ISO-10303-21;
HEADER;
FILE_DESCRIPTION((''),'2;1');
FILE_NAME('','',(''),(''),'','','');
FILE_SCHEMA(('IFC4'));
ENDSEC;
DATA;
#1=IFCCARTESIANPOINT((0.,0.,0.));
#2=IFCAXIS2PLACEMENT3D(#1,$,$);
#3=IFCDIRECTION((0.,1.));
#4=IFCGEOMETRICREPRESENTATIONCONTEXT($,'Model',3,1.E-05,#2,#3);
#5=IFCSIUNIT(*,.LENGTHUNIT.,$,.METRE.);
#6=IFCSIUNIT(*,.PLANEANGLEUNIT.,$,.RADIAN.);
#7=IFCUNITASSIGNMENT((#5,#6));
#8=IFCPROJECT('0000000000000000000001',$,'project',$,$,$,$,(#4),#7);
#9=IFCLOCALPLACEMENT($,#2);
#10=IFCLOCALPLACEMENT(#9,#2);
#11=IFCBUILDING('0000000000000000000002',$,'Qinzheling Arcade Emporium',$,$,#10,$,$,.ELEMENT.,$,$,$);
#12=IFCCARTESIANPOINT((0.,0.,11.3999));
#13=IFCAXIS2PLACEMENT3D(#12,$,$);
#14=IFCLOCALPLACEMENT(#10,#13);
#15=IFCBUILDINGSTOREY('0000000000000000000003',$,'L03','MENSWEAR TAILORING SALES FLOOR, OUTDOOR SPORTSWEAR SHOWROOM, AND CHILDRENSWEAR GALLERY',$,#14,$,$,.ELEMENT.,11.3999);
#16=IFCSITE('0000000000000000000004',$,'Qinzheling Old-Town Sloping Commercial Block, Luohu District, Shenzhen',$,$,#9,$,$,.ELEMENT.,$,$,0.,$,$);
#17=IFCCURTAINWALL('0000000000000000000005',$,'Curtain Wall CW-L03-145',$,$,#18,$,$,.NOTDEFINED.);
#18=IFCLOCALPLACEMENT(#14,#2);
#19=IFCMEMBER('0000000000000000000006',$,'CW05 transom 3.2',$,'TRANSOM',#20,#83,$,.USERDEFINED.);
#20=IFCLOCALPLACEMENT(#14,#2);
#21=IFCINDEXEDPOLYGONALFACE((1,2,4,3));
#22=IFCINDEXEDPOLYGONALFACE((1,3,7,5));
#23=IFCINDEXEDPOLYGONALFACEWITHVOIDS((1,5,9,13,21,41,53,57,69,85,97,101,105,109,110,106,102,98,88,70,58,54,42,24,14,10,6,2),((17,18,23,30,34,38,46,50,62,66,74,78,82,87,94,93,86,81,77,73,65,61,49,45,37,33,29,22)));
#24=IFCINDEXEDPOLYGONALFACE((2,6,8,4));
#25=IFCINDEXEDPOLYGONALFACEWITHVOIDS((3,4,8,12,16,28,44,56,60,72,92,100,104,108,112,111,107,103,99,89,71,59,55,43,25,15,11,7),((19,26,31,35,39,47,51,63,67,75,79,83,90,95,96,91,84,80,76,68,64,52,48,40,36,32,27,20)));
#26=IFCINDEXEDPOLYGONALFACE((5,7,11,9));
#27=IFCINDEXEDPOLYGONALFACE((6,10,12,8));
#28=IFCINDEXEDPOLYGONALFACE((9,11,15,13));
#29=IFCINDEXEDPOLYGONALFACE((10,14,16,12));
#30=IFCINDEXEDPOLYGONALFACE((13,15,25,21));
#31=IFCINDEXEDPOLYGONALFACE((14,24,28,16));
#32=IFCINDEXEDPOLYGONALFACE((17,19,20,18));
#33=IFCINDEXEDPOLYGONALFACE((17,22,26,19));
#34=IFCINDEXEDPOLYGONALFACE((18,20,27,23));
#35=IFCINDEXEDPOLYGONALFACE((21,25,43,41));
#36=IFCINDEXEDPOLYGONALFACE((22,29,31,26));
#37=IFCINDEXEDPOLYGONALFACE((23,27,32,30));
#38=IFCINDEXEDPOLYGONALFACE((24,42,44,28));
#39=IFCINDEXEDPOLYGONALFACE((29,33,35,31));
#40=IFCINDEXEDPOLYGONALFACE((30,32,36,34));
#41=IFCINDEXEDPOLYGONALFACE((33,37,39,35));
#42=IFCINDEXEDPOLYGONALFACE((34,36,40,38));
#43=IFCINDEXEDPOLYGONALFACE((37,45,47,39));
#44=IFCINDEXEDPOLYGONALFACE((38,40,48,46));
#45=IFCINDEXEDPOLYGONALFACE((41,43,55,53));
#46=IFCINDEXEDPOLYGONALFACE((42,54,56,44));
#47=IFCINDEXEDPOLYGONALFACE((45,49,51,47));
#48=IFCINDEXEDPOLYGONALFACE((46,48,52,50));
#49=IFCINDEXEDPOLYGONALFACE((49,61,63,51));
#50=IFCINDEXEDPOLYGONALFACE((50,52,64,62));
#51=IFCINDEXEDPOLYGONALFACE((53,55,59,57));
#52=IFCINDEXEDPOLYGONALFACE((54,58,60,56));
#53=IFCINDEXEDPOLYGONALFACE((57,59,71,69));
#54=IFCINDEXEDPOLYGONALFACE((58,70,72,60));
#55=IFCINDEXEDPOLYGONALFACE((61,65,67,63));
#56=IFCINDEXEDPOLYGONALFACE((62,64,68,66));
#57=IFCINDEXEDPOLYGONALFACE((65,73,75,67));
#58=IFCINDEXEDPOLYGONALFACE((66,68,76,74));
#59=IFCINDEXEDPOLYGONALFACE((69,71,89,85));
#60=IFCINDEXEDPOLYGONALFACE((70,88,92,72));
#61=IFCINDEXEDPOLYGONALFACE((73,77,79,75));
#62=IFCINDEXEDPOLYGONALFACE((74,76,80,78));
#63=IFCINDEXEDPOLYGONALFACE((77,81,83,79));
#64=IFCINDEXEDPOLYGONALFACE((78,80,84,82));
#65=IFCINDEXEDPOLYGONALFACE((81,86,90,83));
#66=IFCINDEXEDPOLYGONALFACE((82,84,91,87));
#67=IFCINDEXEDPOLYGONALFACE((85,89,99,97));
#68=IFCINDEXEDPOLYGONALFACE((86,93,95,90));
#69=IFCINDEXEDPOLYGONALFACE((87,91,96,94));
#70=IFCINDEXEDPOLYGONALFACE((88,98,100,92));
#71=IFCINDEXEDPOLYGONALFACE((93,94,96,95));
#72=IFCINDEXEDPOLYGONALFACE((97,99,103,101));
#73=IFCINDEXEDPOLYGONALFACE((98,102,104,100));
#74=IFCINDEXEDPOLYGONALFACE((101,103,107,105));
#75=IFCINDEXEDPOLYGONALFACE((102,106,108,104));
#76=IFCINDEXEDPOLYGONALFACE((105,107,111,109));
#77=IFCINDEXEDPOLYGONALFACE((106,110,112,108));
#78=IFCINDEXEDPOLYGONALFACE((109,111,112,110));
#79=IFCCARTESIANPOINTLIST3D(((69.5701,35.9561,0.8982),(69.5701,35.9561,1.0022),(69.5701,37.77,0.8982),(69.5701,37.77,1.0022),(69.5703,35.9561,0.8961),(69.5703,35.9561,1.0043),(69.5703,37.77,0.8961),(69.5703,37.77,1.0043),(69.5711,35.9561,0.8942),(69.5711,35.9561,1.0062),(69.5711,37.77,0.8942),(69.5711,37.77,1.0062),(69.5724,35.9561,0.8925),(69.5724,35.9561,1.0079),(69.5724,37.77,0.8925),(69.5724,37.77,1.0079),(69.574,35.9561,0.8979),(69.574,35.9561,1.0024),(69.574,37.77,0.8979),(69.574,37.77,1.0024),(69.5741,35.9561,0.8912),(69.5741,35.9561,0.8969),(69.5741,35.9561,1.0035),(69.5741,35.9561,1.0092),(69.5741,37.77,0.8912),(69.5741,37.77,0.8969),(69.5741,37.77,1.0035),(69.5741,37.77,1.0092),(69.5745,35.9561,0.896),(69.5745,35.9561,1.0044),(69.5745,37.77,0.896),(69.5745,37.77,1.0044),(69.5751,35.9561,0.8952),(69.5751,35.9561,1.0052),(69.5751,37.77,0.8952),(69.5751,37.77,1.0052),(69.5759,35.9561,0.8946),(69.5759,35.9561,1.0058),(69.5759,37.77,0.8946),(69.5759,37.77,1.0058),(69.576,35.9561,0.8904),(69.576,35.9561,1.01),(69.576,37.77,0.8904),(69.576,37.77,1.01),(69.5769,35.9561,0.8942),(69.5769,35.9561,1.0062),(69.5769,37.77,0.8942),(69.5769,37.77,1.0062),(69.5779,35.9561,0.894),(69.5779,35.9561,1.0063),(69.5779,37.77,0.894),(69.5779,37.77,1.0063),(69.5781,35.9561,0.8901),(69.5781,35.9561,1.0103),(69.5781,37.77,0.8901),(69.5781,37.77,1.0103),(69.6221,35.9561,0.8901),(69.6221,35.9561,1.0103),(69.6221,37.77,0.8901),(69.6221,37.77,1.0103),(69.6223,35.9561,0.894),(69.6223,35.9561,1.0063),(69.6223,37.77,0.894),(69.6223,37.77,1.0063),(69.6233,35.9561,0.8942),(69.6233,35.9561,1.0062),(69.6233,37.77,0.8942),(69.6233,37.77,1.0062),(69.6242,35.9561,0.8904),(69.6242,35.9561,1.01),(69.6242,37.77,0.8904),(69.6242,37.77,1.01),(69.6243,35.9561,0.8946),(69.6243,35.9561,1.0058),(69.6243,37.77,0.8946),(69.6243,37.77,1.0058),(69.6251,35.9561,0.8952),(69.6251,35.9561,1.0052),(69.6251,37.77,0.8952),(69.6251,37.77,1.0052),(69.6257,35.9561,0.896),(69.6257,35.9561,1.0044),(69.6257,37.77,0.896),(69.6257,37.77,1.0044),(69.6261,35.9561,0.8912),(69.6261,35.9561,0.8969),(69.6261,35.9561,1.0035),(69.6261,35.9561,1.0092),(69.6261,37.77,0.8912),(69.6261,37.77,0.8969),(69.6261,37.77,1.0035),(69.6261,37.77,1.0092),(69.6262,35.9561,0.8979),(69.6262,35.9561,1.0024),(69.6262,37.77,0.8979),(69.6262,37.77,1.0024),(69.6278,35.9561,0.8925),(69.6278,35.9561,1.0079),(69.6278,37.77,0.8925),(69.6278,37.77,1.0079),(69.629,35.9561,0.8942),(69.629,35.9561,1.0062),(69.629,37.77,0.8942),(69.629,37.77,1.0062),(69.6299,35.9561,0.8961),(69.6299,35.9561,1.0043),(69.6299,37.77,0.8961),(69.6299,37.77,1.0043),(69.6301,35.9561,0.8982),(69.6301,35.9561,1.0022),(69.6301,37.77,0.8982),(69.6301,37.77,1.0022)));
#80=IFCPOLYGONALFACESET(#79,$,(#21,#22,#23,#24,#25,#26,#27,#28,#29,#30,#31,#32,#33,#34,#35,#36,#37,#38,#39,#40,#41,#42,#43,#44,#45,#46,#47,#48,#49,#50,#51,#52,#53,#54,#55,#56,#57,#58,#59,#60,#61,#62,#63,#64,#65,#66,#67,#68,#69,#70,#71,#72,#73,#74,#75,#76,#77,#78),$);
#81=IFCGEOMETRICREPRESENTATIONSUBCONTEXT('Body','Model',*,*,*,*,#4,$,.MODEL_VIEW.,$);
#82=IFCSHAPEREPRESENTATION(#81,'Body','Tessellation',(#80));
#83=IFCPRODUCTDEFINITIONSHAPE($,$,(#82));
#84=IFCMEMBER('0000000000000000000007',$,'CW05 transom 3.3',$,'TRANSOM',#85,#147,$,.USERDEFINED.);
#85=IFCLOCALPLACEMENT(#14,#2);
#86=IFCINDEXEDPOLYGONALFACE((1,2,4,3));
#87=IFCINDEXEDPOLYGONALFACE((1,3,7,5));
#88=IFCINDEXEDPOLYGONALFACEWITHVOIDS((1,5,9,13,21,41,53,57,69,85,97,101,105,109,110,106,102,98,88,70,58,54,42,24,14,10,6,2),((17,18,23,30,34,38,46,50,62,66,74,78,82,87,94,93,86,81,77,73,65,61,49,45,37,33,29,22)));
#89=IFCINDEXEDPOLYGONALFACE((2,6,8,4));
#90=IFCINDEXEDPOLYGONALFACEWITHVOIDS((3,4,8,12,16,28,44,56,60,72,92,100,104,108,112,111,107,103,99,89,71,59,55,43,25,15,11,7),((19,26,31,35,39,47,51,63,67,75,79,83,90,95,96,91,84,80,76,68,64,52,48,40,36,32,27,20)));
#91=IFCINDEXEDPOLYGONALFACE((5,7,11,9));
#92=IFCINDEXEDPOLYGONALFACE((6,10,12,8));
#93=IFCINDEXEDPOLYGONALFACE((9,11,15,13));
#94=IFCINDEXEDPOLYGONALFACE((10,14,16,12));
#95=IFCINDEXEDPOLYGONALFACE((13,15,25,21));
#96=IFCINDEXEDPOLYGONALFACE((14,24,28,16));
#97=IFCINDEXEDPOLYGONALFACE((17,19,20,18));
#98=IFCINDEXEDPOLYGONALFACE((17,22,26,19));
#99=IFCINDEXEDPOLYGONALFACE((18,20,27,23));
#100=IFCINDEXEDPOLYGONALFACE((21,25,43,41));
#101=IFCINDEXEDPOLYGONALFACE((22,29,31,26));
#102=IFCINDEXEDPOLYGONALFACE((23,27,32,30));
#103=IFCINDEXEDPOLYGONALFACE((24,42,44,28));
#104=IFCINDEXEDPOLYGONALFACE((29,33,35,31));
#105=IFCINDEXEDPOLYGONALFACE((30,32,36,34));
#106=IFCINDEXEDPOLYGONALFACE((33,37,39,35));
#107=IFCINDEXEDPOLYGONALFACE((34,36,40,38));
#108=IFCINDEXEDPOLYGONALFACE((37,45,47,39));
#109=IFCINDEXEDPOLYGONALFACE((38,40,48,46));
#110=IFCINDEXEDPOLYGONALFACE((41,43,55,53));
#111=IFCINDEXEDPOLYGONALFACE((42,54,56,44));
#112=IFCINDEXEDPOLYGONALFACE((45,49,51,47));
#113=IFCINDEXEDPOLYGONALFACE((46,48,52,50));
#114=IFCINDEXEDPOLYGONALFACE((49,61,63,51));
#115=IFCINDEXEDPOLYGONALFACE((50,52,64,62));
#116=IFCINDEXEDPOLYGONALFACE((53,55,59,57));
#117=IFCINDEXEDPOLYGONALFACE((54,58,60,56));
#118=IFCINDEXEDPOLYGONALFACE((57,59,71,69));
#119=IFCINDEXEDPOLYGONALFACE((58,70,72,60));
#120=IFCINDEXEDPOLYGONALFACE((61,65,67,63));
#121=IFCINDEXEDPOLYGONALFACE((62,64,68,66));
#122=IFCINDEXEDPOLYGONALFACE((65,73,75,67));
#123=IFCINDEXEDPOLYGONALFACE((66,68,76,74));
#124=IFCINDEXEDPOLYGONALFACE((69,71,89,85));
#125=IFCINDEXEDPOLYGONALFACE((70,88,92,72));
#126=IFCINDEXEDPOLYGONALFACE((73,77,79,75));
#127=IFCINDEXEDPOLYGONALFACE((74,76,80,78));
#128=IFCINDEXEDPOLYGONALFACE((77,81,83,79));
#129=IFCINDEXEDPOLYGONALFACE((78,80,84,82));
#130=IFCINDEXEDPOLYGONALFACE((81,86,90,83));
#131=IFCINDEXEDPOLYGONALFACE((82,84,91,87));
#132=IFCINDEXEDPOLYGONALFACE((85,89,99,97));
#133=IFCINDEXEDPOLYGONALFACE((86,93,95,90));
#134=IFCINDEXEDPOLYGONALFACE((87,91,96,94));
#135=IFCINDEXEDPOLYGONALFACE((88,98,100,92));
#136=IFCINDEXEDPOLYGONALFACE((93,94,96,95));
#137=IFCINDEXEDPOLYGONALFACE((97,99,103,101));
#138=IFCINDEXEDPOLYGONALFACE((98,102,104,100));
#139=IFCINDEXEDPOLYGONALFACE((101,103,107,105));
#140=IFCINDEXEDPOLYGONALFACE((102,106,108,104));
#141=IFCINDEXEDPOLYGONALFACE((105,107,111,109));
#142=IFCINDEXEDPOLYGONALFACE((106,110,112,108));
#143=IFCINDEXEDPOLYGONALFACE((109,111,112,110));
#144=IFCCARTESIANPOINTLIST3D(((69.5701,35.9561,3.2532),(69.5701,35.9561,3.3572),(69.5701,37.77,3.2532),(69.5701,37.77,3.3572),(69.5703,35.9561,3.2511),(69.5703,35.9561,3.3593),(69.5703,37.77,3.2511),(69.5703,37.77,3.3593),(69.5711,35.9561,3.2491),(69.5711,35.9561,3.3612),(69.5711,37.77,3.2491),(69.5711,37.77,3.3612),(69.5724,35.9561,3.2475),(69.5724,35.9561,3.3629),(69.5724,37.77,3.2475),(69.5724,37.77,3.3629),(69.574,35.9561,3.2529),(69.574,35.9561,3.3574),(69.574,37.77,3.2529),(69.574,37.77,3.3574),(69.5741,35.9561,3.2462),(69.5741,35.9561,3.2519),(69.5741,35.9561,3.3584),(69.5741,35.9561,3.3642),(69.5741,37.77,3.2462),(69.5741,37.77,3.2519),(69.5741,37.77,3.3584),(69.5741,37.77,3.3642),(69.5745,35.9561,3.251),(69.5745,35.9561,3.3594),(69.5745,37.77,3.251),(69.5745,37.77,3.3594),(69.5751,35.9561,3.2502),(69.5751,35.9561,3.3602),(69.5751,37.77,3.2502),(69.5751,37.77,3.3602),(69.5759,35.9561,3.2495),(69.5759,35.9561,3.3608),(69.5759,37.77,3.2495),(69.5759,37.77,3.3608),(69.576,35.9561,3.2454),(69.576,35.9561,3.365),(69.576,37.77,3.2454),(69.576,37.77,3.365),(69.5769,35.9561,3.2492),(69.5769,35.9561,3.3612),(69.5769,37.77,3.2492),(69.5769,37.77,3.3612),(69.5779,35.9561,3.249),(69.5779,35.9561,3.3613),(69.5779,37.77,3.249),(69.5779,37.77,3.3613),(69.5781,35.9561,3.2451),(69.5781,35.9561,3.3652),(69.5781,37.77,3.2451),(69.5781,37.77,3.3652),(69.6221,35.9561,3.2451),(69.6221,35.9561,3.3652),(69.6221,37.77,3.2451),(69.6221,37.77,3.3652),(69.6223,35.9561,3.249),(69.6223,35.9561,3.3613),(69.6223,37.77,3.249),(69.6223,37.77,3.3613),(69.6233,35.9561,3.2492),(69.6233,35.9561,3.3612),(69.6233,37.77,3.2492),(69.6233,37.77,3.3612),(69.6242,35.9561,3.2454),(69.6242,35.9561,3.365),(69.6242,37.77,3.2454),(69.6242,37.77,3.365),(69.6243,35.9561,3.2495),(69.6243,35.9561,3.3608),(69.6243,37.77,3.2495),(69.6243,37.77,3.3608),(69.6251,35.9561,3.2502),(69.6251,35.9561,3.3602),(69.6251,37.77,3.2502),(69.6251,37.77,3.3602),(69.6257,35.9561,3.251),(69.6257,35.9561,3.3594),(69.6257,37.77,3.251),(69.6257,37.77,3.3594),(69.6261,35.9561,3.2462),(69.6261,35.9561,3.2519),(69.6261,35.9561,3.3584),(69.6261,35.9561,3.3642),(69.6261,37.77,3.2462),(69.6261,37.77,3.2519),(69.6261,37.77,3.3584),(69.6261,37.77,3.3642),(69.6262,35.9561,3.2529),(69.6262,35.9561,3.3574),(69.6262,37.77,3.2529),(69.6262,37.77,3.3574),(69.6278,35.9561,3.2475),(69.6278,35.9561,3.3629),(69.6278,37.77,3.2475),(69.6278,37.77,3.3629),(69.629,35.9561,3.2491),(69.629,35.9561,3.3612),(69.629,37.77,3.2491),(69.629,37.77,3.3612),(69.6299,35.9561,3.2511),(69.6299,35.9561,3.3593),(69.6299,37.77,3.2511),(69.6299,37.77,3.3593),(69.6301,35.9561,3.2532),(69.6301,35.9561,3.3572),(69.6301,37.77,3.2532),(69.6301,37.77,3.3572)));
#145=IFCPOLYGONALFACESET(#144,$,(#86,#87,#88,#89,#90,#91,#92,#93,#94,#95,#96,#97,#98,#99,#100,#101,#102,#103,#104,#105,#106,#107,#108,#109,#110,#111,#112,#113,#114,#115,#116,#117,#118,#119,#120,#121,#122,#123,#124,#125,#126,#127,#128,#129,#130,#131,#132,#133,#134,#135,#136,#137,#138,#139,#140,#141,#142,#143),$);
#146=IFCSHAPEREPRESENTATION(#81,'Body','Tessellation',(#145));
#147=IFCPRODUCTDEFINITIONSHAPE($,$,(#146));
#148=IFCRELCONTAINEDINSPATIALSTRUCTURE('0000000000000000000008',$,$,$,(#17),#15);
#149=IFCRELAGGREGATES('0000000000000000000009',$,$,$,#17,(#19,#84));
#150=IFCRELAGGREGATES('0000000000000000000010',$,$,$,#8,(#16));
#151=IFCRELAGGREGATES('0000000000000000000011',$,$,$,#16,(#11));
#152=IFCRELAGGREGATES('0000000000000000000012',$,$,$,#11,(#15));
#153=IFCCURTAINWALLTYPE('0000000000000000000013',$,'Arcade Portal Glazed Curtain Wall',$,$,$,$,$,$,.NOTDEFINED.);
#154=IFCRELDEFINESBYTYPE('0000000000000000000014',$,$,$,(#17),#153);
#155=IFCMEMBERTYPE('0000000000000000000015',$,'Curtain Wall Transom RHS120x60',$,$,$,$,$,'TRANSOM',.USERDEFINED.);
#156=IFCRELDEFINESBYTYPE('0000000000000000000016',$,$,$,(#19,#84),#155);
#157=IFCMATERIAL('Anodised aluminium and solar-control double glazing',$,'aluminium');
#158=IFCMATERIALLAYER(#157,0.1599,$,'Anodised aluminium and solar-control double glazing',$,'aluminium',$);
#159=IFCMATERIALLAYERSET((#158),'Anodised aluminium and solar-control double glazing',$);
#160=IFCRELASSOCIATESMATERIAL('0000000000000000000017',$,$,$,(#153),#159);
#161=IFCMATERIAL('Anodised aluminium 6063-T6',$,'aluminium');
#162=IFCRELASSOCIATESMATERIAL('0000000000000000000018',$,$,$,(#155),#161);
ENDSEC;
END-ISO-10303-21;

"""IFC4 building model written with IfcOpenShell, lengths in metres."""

from ifc_helpers import new_model, si_unit, direction, frame, origin, origin_2d, place, context, subcontext, project, spatial, hollow_rectangle, extrude, material, layer, layer_set, material_profile, profile_set, type_object, element, aggregate, save


model = new_model("IFC4")

# Units and contexts
model_context = context("Model", 3, precision=1e-05, world=origin(), true_north=direction((0.0, 1.0)))
body_context = subcontext(model_context, "Body", "Model", "MODEL_VIEW")
ifc_project = project(units=[si_unit("LENGTHUNIT", "METRE"), si_unit("PLANEANGLEUNIT", "RADIAN")], contexts=[model_context])

# Site, building, storey
site_placement = place(None, origin())
site = spatial("IfcSite", under=ifc_project, at=site_placement, Name="Qinzheling Old-Town Sloping Commercial Block, Luohu District, Shenzhen", CompositionType="ELEMENT", RefElevation=0.0)
building_placement = place(site_placement, origin())
building = spatial("IfcBuilding", under=site, at=building_placement, Name="Qinzheling Arcade Emporium", CompositionType="ELEMENT")
storey_placement = place(building_placement, frame((0.0, 0.0, 11.3999)))
storey = spatial("IfcBuildingStorey", under=building, at=storey_placement, Name="L03", Description="MENSWEAR TAILORING SALES FLOOR, OUTDOOR SPORTSWEAR SHOWROOM, AND CHILDRENSWEAR GALLERY", CompositionType="ELEMENT", Elevation=11.3999)

# Shared definitions
ifc_material_1 = material(Name="Anodised aluminium and solar-control double glazing", Category="aluminium")
ifc_material_2 = material(Name="Anodised aluminium 6063-T6", Category="aluminium")

# Curtain wall, members
ifc_layer_1 = layer(ifc_material_1, 0.1599, Name="Anodised aluminium and solar-control double glazing", Category="aluminium")
ifc_layer_set_1 = layer_set([ifc_layer_1], Name="Anodised aluminium and solar-control double glazing")
curtain_wall_type_1 = type_object("IfcCurtainWallType", Name="Arcade Portal Glazed Curtain Wall", PredefinedType="NOTDEFINED", material=ifc_layer_set_1)
curtain_wall_1_placement = place(storey_placement, origin())
curtain_wall_1 = element("IfcCurtainWall", 1, at=curtain_wall_1_placement, inside=storey, type_object=curtain_wall_type_1, Name="Curtain Wall CW-L03-145", PredefinedType="NOTDEFINED")
ifc_material_profile_1 = material_profile(ifc_material_2, hollow_rectangle(XDim=0.0601, YDim=0.1201, WallThickness=0.0039, InnerFilletRadius=0.0039, OuterFilletRadius=0.0081, at=origin_2d()), Name="RHS 120x60x4", Category="aluminium")
ifc_profile_set_1 = profile_set([ifc_material_profile_1], Name="Anodised aluminium 6063-T6")
member_type_1 = type_object("IfcMemberType", Name="Curtain Wall Transom RHS120x60", ElementType="TRANSOM", PredefinedType="USERDEFINED", material=ifc_profile_set_1)
member_1_placement = place(storey_placement, frame((69.6001, 37.77, 0.9502), z_axis=(0.0, -1.0, 0.0), x_axis=(1.0, 0.0, 0.0)))
member_1 = element("IfcMember", 2, at=member_1_placement, type_object=member_type_1, Name="CW05 transom 3.2", ObjectType="TRANSOM", PredefinedType="USERDEFINED", context=body_context, shape_type="SweptSolid", body=[
    extrude(hollow_rectangle(XDim=0.0601, YDim=0.1201, WallThickness=0.0039, InnerFilletRadius=0.0039, OuterFilletRadius=0.0081, at=origin_2d()), origin(), (0.0, 0.0, 1.0), 1.814),
])
member_2_placement = place(storey_placement, frame((69.6001, 37.77, 3.3052), z_axis=(0.0, -1.0, 0.0), x_axis=(1.0, 0.0, 0.0)))
member_2 = element("IfcMember", 3, at=member_2_placement, type_object=member_type_1, Name="CW05 transom 3.3", ObjectType="TRANSOM", PredefinedType="USERDEFINED", context=body_context, shape_type="SweptSolid", body=[
    extrude(hollow_rectangle(XDim=0.0601, YDim=0.1201, WallThickness=0.0039, InnerFilletRadius=0.0039, OuterFilletRadius=0.0081, at=origin_2d()), origin(), (0.0, 0.0, 1.0), 1.814),
])

aggregate(curtain_wall_1, [member_1, member_2])

save(model, "model.ifc")
